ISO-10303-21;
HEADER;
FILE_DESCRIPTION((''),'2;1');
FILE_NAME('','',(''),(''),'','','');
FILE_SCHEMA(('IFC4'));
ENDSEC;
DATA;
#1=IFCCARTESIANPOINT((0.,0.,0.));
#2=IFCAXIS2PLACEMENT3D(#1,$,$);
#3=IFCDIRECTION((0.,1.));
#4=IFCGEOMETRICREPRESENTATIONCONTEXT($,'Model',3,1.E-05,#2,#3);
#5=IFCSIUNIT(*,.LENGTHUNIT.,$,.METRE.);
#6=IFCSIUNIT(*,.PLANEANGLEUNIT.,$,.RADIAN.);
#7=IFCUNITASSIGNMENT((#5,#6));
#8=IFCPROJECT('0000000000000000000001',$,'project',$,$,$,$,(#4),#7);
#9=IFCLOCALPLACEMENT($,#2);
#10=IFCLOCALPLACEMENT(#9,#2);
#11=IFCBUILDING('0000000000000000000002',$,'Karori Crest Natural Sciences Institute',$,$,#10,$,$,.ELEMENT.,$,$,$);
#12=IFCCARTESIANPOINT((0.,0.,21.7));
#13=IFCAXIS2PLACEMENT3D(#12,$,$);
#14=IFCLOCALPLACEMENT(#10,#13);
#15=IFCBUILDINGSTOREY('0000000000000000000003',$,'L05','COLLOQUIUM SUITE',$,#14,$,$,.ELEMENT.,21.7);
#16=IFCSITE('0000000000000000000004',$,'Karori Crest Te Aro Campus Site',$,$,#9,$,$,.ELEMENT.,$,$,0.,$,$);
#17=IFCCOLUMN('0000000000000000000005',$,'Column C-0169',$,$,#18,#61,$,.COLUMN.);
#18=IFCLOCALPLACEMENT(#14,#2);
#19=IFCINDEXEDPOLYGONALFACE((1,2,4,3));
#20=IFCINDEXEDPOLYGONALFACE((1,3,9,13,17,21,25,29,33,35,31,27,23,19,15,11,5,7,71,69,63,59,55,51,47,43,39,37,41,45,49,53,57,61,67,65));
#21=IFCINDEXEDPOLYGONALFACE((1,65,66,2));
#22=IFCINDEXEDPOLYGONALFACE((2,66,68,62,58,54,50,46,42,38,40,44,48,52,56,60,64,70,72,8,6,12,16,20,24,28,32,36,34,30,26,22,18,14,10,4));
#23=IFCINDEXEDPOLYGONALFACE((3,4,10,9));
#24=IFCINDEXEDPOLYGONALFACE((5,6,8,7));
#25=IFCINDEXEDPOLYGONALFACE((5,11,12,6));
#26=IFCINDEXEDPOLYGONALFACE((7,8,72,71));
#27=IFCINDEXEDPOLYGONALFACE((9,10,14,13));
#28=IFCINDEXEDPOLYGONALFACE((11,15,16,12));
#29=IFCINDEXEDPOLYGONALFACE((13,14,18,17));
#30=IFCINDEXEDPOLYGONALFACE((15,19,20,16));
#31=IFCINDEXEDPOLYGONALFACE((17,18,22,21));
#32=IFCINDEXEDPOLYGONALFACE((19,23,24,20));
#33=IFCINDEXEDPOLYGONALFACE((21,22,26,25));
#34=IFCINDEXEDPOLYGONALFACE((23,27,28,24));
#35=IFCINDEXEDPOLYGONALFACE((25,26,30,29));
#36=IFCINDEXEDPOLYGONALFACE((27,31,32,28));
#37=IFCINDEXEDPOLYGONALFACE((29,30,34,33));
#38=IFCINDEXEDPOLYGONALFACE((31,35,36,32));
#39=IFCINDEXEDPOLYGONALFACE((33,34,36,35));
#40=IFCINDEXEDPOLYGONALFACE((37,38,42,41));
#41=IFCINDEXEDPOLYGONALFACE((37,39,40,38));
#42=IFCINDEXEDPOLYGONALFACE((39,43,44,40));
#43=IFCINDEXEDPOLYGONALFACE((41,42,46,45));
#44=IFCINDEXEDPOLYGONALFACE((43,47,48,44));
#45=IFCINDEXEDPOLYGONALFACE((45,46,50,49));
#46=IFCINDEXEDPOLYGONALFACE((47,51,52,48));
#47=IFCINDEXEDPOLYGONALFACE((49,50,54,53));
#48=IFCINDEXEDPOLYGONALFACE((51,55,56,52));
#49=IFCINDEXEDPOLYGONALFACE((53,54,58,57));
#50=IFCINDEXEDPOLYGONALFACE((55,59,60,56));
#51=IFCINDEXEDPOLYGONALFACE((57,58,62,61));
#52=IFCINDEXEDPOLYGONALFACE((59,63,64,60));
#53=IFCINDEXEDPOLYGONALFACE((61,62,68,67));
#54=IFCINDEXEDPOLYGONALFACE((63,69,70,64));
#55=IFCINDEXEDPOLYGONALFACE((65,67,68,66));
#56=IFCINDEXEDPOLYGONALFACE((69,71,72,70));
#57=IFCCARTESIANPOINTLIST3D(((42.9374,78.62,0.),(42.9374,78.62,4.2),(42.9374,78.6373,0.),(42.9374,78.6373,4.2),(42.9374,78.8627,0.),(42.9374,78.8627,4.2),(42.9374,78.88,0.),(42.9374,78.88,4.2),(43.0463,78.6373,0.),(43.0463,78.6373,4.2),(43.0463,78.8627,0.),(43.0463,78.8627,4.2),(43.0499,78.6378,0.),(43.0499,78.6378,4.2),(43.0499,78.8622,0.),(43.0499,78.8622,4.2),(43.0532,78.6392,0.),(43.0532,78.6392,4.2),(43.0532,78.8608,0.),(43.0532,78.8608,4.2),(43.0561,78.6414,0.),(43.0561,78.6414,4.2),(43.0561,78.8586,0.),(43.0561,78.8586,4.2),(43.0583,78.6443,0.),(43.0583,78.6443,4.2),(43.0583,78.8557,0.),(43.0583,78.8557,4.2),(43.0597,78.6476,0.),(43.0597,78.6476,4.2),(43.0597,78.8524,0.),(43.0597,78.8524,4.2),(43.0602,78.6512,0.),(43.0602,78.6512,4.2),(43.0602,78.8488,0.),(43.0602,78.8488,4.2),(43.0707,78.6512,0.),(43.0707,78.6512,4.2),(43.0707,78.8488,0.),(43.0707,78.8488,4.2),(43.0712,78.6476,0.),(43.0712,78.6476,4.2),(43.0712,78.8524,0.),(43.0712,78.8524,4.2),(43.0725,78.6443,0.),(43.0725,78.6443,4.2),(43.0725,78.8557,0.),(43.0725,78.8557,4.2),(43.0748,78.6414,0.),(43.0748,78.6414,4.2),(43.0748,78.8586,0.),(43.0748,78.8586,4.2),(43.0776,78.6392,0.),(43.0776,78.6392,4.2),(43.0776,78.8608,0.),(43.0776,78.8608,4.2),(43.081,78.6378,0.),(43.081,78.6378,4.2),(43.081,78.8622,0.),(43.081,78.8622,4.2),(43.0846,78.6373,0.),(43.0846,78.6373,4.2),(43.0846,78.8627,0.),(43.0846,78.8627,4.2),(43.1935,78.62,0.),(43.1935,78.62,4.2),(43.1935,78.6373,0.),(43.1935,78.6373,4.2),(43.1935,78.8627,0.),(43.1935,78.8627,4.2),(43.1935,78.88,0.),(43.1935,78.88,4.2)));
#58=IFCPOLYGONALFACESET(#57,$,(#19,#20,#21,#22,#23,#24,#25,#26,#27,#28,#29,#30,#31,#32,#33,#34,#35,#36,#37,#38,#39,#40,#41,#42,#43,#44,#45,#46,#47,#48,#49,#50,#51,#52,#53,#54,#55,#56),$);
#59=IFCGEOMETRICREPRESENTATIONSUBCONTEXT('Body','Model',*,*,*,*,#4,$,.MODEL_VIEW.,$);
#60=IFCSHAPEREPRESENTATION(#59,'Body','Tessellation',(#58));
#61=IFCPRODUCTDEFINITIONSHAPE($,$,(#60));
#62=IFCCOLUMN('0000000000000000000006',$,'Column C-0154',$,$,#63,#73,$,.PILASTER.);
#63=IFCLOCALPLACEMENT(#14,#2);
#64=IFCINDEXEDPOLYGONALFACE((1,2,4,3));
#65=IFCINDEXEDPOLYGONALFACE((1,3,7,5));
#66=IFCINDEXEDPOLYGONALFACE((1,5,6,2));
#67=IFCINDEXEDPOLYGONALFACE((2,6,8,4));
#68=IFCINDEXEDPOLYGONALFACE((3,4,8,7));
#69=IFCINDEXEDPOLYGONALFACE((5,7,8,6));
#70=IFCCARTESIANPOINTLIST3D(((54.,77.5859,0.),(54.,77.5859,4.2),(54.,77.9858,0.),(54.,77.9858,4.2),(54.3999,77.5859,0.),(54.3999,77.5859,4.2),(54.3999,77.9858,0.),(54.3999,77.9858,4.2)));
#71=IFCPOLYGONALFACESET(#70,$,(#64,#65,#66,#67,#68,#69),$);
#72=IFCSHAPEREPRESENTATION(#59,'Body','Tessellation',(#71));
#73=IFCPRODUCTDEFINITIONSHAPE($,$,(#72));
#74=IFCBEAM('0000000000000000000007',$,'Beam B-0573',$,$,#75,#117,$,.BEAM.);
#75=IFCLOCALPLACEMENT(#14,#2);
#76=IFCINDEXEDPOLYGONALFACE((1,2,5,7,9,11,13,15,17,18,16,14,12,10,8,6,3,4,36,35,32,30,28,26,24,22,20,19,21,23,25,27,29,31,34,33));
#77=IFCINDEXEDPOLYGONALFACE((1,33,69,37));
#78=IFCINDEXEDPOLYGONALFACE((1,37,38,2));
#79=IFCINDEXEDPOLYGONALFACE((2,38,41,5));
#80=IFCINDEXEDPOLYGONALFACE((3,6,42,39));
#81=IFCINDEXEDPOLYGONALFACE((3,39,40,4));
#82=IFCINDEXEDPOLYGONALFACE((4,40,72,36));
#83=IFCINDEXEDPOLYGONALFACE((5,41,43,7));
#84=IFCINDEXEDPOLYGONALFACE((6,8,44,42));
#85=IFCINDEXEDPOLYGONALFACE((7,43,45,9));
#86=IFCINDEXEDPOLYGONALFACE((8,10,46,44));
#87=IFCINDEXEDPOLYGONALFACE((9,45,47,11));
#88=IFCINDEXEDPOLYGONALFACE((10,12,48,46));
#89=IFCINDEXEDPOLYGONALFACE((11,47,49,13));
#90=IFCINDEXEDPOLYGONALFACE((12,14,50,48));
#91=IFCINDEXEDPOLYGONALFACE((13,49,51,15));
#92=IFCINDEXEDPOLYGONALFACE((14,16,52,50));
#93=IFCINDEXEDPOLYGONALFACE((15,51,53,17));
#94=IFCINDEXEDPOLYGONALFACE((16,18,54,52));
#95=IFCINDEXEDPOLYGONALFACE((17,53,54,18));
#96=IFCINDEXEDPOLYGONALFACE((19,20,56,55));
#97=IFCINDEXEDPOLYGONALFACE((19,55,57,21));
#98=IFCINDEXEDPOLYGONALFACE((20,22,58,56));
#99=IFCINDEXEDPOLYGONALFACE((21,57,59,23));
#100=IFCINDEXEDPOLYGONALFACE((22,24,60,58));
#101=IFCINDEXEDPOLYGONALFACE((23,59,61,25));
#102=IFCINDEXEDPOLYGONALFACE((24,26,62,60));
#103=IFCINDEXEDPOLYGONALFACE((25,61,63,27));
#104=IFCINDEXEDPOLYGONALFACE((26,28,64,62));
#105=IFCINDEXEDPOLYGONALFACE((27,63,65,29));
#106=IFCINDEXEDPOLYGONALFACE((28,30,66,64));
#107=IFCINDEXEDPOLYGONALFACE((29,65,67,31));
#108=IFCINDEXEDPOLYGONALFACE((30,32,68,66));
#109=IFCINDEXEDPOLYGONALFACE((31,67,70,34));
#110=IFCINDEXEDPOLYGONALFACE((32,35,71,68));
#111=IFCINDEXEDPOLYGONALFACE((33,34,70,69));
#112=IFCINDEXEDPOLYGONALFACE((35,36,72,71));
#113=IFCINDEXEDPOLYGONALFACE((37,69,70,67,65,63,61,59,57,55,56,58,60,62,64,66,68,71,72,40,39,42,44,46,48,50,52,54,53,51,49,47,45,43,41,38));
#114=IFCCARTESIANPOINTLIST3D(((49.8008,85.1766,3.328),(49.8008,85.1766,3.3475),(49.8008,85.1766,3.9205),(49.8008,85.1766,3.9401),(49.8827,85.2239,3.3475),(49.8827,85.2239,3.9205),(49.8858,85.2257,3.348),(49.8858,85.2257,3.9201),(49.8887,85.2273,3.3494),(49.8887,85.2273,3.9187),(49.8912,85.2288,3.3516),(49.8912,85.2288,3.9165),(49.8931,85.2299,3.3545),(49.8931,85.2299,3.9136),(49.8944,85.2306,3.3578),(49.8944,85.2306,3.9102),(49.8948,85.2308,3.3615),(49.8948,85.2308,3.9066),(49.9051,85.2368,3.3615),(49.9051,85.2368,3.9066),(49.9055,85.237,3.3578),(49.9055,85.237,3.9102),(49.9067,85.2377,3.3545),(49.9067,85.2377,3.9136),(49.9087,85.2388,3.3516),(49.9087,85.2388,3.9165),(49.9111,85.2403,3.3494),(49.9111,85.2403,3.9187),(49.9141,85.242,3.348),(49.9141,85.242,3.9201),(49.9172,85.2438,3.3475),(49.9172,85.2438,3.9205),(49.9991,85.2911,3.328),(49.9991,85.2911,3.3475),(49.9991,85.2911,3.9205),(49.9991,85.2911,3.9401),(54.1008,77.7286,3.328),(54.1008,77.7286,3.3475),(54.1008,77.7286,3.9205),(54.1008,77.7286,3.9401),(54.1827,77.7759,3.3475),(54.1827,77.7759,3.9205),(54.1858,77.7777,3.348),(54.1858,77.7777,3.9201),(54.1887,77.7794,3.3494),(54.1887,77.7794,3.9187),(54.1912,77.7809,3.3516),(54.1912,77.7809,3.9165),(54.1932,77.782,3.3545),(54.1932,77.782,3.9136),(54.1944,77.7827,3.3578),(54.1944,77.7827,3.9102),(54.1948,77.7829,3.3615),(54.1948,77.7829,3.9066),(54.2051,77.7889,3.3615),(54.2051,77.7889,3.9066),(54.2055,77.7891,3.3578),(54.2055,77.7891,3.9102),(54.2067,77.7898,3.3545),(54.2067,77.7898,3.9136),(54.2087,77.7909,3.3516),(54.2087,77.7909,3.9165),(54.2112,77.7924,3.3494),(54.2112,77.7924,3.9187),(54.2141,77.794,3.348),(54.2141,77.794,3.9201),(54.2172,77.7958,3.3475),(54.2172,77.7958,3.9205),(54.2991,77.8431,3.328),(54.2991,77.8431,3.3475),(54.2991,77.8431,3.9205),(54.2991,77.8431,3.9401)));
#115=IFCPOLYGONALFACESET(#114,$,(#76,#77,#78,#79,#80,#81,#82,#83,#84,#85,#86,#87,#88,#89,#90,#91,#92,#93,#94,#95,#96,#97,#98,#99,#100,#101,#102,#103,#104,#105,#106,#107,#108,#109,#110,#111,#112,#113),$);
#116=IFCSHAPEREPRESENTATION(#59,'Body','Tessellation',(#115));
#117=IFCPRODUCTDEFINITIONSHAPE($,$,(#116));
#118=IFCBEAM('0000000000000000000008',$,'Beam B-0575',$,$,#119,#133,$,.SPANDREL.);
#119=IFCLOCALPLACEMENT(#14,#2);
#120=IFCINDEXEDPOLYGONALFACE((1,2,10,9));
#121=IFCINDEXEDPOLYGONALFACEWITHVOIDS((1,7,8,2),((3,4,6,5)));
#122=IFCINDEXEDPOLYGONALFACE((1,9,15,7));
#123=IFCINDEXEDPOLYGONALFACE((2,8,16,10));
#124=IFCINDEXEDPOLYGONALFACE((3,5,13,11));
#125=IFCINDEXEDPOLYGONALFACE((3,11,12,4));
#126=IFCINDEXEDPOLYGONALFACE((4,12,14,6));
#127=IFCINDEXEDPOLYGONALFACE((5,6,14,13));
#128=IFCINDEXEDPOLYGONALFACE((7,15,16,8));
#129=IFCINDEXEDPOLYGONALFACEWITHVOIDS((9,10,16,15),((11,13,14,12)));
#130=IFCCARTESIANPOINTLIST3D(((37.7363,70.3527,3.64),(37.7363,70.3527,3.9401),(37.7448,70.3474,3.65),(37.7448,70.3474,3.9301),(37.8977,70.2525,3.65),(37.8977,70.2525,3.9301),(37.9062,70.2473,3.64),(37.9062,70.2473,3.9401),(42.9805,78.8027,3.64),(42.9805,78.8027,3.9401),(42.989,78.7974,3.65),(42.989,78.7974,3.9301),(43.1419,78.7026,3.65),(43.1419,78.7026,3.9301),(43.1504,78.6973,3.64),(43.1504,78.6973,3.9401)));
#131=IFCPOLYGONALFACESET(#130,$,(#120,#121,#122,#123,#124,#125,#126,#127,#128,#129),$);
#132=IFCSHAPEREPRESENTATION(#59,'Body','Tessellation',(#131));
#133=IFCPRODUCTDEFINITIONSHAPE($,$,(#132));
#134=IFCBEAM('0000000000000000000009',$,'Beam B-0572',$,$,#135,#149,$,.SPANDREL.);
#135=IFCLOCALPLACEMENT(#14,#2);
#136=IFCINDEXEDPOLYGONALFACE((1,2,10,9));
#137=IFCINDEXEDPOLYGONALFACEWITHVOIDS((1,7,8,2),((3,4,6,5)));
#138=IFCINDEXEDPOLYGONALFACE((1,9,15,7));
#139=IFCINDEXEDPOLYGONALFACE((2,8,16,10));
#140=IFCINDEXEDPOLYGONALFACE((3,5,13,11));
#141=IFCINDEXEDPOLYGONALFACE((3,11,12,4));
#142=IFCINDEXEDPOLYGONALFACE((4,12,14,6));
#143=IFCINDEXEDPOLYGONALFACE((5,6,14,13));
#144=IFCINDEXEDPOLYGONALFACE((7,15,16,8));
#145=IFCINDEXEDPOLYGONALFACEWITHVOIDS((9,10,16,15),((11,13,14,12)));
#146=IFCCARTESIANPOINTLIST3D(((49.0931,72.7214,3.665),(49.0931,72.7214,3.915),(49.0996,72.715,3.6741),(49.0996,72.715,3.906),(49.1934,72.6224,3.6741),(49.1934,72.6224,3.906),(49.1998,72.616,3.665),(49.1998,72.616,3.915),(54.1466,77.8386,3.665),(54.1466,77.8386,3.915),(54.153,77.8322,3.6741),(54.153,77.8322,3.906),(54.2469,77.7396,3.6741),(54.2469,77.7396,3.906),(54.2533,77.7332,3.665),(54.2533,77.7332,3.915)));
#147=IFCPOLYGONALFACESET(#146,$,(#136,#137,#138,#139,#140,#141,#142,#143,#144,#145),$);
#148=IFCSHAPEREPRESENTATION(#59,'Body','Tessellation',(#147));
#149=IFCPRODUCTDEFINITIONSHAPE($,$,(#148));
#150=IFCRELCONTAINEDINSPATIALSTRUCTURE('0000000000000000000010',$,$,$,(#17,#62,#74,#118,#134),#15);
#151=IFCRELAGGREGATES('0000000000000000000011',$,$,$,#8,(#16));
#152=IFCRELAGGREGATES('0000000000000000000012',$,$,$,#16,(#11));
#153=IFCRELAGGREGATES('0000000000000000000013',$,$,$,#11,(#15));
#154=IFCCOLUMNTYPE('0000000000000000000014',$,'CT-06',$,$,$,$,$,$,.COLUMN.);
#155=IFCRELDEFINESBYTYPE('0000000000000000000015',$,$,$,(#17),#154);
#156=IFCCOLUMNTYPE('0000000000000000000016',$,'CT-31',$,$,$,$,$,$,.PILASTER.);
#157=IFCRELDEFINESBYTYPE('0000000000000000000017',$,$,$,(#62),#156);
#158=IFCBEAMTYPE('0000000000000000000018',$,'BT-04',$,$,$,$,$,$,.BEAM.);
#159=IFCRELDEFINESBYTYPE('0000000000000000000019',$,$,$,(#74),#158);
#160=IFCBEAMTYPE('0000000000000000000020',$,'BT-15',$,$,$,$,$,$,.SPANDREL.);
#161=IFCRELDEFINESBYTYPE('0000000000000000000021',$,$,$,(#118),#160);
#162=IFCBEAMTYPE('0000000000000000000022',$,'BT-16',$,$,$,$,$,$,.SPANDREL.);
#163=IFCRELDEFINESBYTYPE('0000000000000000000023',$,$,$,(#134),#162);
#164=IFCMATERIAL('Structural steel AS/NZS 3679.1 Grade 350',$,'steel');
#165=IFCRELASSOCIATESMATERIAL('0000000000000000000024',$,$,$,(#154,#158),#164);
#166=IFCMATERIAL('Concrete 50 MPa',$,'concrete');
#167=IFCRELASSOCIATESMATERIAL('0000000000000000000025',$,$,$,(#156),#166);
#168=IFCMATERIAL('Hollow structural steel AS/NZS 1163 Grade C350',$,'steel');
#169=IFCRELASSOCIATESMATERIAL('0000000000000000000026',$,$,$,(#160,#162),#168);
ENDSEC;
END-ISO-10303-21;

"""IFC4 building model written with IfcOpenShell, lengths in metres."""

from ifc_helpers import new_model, si_unit, direction, frame, origin, origin_2d, place, context, subcontext, project, spatial, rectangle, hollow_rectangle, i_section, extrude, material, material_profile, profile_set, type_object, element, save


model = new_model("IFC4")

# Units and contexts
model_context = context("Model", 3, precision=1e-05, world=origin(), true_north=direction((0.0, 1.0)))
body_context = subcontext(model_context, "Body", "Model", "MODEL_VIEW")
ifc_project = project(units=[si_unit("LENGTHUNIT", "METRE"), si_unit("PLANEANGLEUNIT", "RADIAN")], contexts=[model_context])

# Site, building, storey
site_placement = place(None, origin())
site = spatial("IfcSite", under=ifc_project, at=site_placement, Name="Karori Crest Te Aro Campus Site", CompositionType="ELEMENT", RefElevation=0.0)
building_placement = place(site_placement, origin())
building = spatial("IfcBuilding", under=site, at=building_placement, Name="Karori Crest Natural Sciences Institute", CompositionType="ELEMENT")
storey_placement = place(building_placement, frame((0.0, 0.0, 21.7)))
storey = spatial("IfcBuildingStorey", under=building, at=storey_placement, Name="L05", Description="COLLOQUIUM SUITE", CompositionType="ELEMENT", Elevation=21.7)

# Columns
ifc_material_1 = material(Name="Structural steel AS/NZS 3679.1 Grade 350", Category="steel")
ifc_material_profile_1 = material_profile(ifc_material_1, i_section(OverallWidth=0.2561, OverallDepth=0.26, WebThickness=0.0105, FlangeThickness=0.0173, FilletRadius=0.0139, at=origin_2d()), Name="250UC89.5")
ifc_profile_set_1 = profile_set([ifc_material_profile_1], Name="Structural steel AS/NZS 3679.1 Grade 350")
column_type_1 = type_object("IfcColumnType", Name="CT-06", PredefinedType="COLUMN", material=ifc_profile_set_1)
column_1_placement = place(storey_placement, frame((43.0654, 78.75, 0.0), z_axis=(0.0, 0.0, 1.0), x_axis=(1.0, 0.0, 0.0)))
element("IfcColumn", 1, at=column_1_placement, inside=storey, type_object=column_type_1, Name="Column C-0169", PredefinedType="COLUMN", context=body_context, shape_type="SweptSolid", body=[
    extrude(i_section(OverallWidth=0.2561, OverallDepth=0.26, WebThickness=0.0105, FlangeThickness=0.0173, FilletRadius=0.0139, at=origin_2d()), origin(), (0.0, 0.0, 1.0), 4.2),
])
ifc_material_2 = material(Name="Concrete 50 MPa", Category="concrete")
ifc_material_profile_2 = material_profile(ifc_material_2, rectangle(XDim=0.3999, YDim=0.3999, at=origin_2d()), Name="RC400x400")
ifc_profile_set_2 = profile_set([ifc_material_profile_2], Name="Concrete 50 MPa")
column_type_2 = type_object("IfcColumnType", Name="CT-31", PredefinedType="PILASTER", material=ifc_profile_set_2)
column_2_placement = place(storey_placement, frame((54.2, 77.7859, 0.0), z_axis=(0.0, 0.0, 1.0), x_axis=(1.0, 0.0, 0.0)))
element("IfcColumn", 2, at=column_2_placement, inside=storey, type_object=column_type_2, Name="Column C-0154", PredefinedType="PILASTER", context=body_context, shape_type="SweptSolid", body=[
    extrude(rectangle(XDim=0.3999, YDim=0.3999, at=origin_2d()), origin(), (0.0, 0.0, 1.0), 4.2),
])

# Beams
ifc_material_profile_3 = material_profile(ifc_material_1, i_section(OverallWidth=0.229, OverallDepth=0.6121, WebThickness=0.012, FlangeThickness=0.0195, FilletRadius=0.0139, at=origin_2d()), Name="610UB125")
ifc_profile_set_3 = profile_set([ifc_material_profile_3], Name="Structural steel AS/NZS 3679.1 Grade 350")
beam_type_1 = type_object("IfcBeamType", Name="BT-04", PredefinedType="BEAM", material=ifc_profile_set_3)
beam_1_placement = place(storey_placement, frame((54.2, 77.7859, 3.634), z_axis=(-0.499995, 0.866028, 0.0), x_axis=(-0.866028, -0.499995, 0.0)))
element("IfcBeam", 3, at=beam_1_placement, inside=storey, type_object=beam_type_1, Name="Beam B-0573", PredefinedType="BEAM", context=body_context, shape_type="SweptSolid", body=[
    extrude(i_section(OverallWidth=0.229, OverallDepth=0.6121, WebThickness=0.012, FlangeThickness=0.0195, FilletRadius=0.0139, at=origin_2d()), origin(), (0.0, 0.0, 1.0), 8.6001),
])
ifc_material_3 = material(Name="Hollow structural steel AS/NZS 1163 Grade C350", Category="steel")
ifc_material_profile_4 = material_profile(ifc_material_3, hollow_rectangle(XDim=0.2, YDim=0.3, WallThickness=0.01, at=origin_2d()), Name="RHS300x200x10")
ifc_profile_set_4 = profile_set([ifc_material_profile_4], Name="Hollow structural steel AS/NZS 1163 Grade C350")
beam_type_2 = type_object("IfcBeamType", Name="BT-15", PredefinedType="SPANDREL", material=ifc_profile_set_4)
beam_2_placement = place(storey_placement, frame((43.0654, 78.75, 3.79), z_axis=(-0.527315, -0.84967, 0.0), x_axis=(0.84967, -0.527315, 0.0)))
element("IfcBeam", 4, at=beam_2_placement, inside=storey, type_object=beam_type_2, Name="Beam B-0575", PredefinedType="SPANDREL", context=body_context, shape_type="SweptSolid", body=[
    extrude(hollow_rectangle(XDim=0.2, YDim=0.3, WallThickness=0.01, at=origin_2d()), origin(), (0.0, 0.0, 1.0), 9.9451),
])
ifc_material_profile_5 = material_profile(ifc_material_3, hollow_rectangle(XDim=0.1499, YDim=0.25, WallThickness=0.009, at=origin_2d()), Name="RHS250x150x9")
ifc_profile_set_5 = profile_set([ifc_material_profile_5], Name="Hollow structural steel AS/NZS 1163 Grade C350")
beam_type_3 = type_object("IfcBeamType", Name="BT-16", PredefinedType="SPANDREL", material=ifc_profile_set_5)
beam_3_placement = place(storey_placement, frame((54.2, 77.7859, 3.79), z_axis=(-0.702663, -0.711523, 0.0), x_axis=(0.711523, -0.702663, 0.0)))
element("IfcBeam", 5, at=beam_3_placement, inside=storey, type_object=beam_type_3, Name="Beam B-0572", PredefinedType="SPANDREL", context=body_context, shape_type="SweptSolid", body=[
    extrude(hollow_rectangle(XDim=0.1499, YDim=0.25, WallThickness=0.009, at=origin_2d()), origin(), (0.0, 0.0, 1.0), 7.1919),
])

save(model, "model.ifc")
